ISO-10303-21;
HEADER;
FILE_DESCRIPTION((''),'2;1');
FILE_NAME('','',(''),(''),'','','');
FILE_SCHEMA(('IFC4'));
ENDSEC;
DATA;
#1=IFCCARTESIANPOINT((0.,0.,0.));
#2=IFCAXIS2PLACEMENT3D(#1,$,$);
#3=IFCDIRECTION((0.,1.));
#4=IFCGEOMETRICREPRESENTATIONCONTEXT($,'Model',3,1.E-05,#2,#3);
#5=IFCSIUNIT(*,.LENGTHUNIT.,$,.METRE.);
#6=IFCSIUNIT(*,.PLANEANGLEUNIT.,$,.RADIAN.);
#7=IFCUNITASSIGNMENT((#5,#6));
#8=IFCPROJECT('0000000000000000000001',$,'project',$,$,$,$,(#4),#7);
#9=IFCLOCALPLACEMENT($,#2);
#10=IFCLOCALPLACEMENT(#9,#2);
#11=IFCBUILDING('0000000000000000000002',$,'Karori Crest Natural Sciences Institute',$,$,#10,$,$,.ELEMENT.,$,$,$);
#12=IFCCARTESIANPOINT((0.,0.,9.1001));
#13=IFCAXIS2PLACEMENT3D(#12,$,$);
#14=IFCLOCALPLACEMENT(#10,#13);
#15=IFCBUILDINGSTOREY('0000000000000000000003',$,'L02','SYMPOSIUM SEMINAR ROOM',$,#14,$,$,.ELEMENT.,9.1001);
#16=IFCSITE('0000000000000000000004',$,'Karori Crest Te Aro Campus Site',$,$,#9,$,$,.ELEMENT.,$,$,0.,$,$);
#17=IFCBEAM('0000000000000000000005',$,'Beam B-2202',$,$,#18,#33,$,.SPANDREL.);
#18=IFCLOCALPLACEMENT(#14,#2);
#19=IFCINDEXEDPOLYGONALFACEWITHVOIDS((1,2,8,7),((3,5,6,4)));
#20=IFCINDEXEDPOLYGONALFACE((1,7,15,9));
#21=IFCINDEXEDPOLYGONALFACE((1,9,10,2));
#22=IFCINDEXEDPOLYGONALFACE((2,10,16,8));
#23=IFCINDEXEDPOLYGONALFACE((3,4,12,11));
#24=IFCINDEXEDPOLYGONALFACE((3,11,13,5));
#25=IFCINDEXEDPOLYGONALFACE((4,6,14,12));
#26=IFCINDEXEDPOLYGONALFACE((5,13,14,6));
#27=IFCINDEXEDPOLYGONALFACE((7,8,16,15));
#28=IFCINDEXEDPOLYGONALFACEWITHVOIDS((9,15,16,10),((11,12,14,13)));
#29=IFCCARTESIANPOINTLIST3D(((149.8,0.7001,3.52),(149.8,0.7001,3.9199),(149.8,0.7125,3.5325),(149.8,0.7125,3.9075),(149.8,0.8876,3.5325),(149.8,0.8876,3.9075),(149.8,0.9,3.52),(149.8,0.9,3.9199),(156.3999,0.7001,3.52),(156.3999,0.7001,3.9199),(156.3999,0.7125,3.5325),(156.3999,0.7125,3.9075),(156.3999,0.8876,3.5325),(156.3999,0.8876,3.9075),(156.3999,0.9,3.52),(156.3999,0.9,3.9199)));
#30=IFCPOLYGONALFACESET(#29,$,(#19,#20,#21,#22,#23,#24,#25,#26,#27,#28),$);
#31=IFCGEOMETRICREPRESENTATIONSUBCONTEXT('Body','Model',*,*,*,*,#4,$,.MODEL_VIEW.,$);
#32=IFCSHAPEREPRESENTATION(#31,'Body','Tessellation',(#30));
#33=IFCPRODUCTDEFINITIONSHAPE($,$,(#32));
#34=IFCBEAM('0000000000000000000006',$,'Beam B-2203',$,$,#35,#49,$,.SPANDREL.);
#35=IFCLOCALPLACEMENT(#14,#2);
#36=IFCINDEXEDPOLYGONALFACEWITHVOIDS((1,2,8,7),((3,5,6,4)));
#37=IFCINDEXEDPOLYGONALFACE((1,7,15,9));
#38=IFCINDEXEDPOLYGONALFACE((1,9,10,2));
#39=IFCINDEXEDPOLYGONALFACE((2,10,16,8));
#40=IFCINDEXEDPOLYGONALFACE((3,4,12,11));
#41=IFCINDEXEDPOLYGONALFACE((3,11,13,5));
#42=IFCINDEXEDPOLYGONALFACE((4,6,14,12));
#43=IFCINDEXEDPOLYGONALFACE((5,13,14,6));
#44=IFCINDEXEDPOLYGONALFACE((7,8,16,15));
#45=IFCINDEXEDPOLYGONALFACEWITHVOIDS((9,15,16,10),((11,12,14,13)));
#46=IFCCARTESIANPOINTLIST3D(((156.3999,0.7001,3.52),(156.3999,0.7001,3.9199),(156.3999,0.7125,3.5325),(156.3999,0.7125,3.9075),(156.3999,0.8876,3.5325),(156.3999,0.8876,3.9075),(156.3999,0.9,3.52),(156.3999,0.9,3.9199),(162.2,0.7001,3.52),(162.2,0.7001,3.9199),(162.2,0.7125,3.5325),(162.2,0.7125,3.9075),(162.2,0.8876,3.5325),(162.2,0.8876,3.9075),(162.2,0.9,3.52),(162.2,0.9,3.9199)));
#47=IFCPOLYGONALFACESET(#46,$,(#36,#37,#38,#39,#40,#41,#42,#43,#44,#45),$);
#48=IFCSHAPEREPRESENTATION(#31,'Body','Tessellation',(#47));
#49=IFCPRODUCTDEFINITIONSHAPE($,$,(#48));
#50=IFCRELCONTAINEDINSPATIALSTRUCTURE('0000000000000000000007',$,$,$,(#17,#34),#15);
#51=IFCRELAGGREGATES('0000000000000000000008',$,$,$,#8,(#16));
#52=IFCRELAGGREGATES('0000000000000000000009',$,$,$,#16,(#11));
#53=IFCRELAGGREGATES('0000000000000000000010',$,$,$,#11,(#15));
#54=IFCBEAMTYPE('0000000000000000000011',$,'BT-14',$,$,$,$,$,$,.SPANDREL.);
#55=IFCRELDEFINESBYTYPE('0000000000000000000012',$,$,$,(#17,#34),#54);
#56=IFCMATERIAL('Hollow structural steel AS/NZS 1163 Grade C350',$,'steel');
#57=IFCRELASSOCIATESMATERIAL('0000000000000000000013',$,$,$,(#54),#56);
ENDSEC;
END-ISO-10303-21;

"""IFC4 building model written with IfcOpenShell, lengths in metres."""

from ifc_helpers import new_model, si_unit, direction, frame, origin, origin_2d, place, context, subcontext, project, spatial, hollow_rectangle, extrude, material, material_profile, profile_set, type_object, element, save


model = new_model("IFC4")

# Units and contexts
model_context = context("Model", 3, precision=1e-05, world=origin(), true_north=direction((0.0, 1.0)))
body_context = subcontext(model_context, "Body", "Model", "MODEL_VIEW")
ifc_project = project(units=[si_unit("LENGTHUNIT", "METRE"), si_unit("PLANEANGLEUNIT", "RADIAN")], contexts=[model_context])

# Site, building, storey
site_placement = place(None, origin())
site = spatial("IfcSite", under=ifc_project, at=site_placement, Name="Karori Crest Te Aro Campus Site", CompositionType="ELEMENT", RefElevation=0.0)
building_placement = place(site_placement, origin())
building = spatial("IfcBuilding", under=site, at=building_placement, Name="Karori Crest Natural Sciences Institute", CompositionType="ELEMENT")
storey_placement = place(building_placement, frame((0.0, 0.0, 9.1001)))
storey = spatial("IfcBuildingStorey", under=building, at=storey_placement, Name="L02", Description="SYMPOSIUM SEMINAR ROOM", CompositionType="ELEMENT", Elevation=9.1001)

# Beams
ifc_material_1 = material(Name="Hollow structural steel AS/NZS 1163 Grade C350", Category="steel")
ifc_material_profile_1 = material_profile(ifc_material_1, hollow_rectangle(XDim=0.2, YDim=0.3999, WallThickness=0.0125, at=origin_2d()), Name="RHS400x200x12.5")
ifc_profile_set_1 = profile_set([ifc_material_profile_1], Name="Hollow structural steel AS/NZS 1163 Grade C350")
beam_type_1 = type_object("IfcBeamType", Name="BT-14", PredefinedType="SPANDREL", material=ifc_profile_set_1)
beam_1_placement = place(storey_placement, frame((149.8, 0.8, 3.72), z_axis=(1.0, 0.0, 0.0), x_axis=(0.0, 1.0, 0.0)))
element("IfcBeam", 1, at=beam_1_placement, inside=storey, type_object=beam_type_1, Name="Beam B-2202", PredefinedType="SPANDREL", context=body_context, shape_type="SweptSolid", body=[
    extrude(hollow_rectangle(XDim=0.2, YDim=0.3999, WallThickness=0.0125, at=origin_2d()), origin(), (0.0, 0.0, 1.0), 6.5999),
])
beam_2_placement = place(storey_placement, frame((156.3999, 0.8, 3.72), z_axis=(1.0, 0.0, 0.0), x_axis=(0.0, 1.0, 0.0)))
element("IfcBeam", 2, at=beam_2_placement, inside=storey, type_object=beam_type_1, Name="Beam B-2203", PredefinedType="SPANDREL", context=body_context, shape_type="SweptSolid", body=[
    extrude(hollow_rectangle(XDim=0.2, YDim=0.3999, WallThickness=0.0125, at=origin_2d()), origin(), (0.0, 0.0, 1.0), 5.8),
])

save(model, "model.ifc")
